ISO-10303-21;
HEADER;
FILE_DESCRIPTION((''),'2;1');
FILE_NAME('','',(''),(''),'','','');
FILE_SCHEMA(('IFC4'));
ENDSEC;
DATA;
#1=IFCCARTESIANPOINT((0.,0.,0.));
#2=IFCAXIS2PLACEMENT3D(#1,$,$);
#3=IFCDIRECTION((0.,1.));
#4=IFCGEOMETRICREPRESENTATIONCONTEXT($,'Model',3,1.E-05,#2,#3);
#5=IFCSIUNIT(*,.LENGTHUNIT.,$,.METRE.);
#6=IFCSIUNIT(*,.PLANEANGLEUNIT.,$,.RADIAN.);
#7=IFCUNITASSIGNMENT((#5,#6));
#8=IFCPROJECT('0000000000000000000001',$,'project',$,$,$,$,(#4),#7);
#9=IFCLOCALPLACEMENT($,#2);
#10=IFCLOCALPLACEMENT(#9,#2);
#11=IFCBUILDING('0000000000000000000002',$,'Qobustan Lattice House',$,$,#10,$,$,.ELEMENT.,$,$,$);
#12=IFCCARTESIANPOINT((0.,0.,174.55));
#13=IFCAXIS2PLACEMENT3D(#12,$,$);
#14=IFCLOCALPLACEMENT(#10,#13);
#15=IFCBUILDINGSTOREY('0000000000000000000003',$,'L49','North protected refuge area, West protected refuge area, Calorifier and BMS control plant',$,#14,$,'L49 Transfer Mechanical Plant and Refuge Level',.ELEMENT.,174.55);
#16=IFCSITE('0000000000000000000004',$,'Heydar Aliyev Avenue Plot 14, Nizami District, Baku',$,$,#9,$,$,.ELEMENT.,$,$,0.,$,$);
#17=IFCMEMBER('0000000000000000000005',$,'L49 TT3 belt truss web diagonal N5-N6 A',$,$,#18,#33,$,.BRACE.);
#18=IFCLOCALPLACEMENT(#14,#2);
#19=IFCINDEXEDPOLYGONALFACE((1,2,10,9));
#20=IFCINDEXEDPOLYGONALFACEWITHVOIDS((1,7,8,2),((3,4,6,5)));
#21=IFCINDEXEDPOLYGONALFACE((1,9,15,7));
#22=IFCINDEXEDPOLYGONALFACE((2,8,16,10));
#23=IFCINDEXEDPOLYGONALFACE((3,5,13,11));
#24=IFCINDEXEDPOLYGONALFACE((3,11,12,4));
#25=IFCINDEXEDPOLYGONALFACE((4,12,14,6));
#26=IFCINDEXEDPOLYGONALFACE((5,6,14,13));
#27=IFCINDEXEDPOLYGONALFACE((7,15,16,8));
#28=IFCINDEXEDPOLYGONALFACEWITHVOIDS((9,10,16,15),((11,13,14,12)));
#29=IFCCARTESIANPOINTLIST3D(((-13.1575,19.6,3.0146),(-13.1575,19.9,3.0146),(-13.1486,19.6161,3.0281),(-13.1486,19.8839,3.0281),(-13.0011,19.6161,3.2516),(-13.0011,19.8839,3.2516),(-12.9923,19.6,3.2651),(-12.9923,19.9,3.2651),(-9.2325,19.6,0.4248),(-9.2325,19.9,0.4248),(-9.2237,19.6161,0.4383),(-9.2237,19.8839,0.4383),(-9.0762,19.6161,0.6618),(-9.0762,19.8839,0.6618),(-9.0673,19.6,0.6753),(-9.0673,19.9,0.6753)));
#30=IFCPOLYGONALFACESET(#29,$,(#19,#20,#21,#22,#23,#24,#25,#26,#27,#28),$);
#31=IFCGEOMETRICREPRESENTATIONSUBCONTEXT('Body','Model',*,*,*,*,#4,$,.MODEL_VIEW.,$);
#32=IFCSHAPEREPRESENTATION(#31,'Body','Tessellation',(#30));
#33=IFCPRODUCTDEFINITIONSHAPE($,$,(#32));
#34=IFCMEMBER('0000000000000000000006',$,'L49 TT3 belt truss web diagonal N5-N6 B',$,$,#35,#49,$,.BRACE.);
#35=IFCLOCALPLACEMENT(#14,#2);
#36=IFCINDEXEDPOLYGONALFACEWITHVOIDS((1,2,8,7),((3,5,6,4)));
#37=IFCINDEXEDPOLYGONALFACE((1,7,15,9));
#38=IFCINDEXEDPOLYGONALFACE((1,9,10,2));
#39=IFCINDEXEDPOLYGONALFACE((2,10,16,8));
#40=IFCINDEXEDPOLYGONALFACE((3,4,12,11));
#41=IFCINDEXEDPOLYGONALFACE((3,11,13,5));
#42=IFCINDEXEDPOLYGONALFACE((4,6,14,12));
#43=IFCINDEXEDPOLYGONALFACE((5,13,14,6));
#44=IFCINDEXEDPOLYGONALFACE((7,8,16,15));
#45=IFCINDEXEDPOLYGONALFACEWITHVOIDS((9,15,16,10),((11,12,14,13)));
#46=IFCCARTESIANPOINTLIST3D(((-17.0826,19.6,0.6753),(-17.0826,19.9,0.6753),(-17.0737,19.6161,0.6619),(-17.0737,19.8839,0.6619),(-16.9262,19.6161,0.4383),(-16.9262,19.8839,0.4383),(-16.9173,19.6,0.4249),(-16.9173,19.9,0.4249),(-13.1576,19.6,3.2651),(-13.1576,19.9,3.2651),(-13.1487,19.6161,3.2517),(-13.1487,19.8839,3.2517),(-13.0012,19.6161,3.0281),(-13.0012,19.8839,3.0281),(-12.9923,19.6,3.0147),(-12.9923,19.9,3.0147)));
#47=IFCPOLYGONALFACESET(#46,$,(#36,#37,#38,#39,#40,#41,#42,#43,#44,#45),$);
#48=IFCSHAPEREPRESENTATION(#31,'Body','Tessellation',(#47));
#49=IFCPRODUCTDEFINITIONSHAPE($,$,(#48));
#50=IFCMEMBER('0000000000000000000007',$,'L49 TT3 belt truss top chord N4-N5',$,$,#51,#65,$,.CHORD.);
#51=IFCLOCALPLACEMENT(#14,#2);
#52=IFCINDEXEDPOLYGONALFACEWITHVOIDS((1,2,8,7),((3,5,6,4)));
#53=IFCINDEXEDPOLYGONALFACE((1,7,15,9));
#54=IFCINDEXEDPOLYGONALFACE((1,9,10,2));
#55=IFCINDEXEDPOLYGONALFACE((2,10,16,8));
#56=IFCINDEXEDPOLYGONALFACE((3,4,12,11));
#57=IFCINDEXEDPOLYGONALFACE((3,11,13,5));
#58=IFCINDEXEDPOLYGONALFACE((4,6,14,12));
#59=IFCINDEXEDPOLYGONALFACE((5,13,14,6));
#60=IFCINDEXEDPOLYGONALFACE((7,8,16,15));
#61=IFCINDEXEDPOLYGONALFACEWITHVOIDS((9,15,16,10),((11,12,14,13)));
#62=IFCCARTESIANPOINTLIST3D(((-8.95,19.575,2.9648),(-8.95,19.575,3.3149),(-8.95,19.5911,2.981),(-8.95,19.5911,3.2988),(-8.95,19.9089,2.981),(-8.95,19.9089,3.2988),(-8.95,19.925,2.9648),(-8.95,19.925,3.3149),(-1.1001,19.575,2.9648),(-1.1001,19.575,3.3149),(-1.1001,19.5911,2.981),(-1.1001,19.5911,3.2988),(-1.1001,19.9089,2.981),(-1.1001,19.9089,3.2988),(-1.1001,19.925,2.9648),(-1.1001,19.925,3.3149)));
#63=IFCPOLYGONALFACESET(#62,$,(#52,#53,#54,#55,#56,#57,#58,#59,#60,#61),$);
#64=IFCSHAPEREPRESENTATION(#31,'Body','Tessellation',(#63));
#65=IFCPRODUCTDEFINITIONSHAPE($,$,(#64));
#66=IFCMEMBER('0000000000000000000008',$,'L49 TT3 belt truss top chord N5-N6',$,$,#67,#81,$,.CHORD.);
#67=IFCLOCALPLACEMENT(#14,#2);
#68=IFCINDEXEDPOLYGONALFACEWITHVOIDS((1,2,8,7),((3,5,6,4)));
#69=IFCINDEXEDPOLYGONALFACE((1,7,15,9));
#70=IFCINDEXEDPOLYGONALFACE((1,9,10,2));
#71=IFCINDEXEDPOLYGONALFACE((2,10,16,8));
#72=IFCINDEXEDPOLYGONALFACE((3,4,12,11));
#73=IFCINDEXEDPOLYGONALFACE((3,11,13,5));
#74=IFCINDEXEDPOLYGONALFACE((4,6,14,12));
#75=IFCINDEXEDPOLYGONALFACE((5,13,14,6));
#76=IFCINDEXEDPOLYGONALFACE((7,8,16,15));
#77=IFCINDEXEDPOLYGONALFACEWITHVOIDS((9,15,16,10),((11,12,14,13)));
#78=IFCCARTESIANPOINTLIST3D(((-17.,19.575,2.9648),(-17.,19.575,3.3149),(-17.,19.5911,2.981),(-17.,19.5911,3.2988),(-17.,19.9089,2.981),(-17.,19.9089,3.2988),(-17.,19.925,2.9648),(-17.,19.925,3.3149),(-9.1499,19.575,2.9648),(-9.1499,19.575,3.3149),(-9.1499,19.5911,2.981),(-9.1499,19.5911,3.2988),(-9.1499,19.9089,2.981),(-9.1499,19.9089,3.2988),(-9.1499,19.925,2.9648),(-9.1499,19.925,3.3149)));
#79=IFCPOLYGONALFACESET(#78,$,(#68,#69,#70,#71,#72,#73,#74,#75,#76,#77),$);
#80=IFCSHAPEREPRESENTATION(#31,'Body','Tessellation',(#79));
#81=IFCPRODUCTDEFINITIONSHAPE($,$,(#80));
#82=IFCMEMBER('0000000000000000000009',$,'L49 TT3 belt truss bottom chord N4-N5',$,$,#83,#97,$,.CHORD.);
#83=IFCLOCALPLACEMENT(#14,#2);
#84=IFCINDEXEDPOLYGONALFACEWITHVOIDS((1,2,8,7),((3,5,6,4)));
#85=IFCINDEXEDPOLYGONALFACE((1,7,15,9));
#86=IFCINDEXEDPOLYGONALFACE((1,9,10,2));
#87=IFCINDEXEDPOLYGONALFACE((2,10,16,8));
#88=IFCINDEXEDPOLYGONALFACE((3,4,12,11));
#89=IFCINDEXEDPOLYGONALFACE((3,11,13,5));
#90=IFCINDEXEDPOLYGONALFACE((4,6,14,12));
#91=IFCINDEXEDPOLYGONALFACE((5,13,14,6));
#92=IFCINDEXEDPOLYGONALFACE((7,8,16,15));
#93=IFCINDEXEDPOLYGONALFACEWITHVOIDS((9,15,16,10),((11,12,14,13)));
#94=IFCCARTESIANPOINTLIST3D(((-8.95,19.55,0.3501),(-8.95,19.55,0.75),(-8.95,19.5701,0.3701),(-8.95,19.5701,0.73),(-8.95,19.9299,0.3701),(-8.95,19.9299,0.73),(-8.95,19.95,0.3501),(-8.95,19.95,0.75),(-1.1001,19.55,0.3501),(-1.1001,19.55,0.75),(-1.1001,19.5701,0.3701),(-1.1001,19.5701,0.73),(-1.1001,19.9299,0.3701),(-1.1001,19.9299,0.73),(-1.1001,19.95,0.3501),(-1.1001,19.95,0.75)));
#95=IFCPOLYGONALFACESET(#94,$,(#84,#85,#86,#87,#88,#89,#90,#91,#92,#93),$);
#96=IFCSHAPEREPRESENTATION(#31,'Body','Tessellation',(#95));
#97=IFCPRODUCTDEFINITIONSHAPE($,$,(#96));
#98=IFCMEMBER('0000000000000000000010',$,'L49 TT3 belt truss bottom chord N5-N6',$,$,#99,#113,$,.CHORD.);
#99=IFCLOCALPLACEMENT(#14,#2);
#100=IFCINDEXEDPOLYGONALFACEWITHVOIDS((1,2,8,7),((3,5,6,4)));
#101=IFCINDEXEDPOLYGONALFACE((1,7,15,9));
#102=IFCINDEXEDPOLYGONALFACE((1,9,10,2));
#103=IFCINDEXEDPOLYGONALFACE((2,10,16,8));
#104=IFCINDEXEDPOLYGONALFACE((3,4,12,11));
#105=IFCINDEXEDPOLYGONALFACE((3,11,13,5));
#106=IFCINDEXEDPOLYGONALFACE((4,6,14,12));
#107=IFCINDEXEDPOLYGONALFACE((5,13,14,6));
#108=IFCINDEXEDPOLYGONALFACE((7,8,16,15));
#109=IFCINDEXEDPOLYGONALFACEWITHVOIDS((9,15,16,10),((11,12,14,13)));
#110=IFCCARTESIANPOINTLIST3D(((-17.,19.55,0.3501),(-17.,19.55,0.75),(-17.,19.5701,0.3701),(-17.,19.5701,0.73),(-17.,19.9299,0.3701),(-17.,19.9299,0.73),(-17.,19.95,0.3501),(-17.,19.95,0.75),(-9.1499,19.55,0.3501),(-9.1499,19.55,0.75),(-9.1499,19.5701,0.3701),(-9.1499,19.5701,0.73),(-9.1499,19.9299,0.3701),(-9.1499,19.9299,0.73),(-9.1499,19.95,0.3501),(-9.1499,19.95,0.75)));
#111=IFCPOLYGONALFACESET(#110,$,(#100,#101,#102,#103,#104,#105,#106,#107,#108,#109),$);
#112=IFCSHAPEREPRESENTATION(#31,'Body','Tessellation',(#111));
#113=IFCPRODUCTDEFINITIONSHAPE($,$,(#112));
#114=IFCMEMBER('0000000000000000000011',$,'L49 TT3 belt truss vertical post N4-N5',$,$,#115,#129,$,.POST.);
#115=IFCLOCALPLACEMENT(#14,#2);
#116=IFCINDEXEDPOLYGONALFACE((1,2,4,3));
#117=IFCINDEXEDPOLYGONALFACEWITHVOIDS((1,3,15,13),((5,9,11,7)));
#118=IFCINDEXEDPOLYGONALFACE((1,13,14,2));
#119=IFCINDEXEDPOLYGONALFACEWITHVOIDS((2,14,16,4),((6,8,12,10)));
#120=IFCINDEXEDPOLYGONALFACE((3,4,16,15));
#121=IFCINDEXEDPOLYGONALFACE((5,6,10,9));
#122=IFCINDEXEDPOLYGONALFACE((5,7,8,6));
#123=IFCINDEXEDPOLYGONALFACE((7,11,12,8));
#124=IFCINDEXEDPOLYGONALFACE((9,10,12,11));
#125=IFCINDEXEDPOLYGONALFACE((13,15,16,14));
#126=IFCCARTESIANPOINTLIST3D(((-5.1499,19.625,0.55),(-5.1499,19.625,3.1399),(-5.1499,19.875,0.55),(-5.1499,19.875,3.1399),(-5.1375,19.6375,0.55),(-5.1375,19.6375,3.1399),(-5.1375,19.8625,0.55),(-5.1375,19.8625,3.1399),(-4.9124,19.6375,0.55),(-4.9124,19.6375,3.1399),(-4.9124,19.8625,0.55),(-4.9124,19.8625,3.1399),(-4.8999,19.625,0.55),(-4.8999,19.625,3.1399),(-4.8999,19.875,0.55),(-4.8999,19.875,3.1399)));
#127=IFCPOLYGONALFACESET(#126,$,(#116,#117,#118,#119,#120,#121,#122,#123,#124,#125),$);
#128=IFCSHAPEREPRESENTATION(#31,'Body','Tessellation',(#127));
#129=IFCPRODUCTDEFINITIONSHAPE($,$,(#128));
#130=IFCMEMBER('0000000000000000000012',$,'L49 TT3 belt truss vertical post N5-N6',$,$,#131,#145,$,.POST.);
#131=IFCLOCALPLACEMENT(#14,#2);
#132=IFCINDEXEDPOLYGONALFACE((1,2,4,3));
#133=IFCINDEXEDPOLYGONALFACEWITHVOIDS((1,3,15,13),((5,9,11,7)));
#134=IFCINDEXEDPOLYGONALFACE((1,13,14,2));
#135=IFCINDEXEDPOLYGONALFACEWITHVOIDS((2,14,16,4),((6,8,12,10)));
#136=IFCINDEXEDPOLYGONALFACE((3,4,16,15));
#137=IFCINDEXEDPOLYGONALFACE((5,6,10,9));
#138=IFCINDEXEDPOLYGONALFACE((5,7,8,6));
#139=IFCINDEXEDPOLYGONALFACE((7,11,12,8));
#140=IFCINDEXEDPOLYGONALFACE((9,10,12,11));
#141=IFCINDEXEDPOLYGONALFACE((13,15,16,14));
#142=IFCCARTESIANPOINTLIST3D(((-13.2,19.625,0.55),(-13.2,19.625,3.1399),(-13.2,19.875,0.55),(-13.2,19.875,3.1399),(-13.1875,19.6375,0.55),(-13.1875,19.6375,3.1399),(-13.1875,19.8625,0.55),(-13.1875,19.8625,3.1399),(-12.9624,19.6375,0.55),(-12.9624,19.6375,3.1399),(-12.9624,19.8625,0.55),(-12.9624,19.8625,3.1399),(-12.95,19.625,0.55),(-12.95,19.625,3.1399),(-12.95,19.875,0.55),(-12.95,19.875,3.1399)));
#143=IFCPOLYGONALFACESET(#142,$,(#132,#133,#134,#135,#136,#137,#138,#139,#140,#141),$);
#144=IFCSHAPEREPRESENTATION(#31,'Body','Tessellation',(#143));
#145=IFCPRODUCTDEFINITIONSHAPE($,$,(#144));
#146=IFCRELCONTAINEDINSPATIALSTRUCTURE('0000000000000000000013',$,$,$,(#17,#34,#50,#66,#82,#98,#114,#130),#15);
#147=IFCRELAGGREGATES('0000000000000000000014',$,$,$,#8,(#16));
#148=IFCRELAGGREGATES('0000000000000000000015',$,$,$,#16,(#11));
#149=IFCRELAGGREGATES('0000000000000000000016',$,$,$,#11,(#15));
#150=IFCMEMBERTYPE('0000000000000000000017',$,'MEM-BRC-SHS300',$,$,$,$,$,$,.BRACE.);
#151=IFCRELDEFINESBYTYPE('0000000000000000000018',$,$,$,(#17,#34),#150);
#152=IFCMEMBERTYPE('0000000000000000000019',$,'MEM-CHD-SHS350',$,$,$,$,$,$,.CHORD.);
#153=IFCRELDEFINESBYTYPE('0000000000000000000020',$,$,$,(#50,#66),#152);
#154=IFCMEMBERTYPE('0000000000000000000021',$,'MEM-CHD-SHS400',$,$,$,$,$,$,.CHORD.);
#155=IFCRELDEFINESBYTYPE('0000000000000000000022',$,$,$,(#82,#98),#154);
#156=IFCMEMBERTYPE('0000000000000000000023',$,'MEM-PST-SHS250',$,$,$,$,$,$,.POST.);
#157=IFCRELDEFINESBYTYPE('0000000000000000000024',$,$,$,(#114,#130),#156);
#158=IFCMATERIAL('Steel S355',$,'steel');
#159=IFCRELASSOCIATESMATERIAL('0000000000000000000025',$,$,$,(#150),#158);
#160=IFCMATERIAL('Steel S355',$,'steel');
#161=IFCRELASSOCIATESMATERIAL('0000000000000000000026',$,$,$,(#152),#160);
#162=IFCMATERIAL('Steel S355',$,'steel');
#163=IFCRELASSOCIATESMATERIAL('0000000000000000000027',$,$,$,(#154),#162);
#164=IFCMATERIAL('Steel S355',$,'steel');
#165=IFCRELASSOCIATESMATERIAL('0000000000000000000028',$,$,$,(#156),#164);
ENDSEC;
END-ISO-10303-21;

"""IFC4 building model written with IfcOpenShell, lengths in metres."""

from ifc_helpers import new_model, si_unit, direction, frame, origin, origin_2d, place, context, subcontext, project, spatial, hollow_rectangle, extrude, material, material_profile, profile_set, type_object, element, save


model = new_model("IFC4")

# Units and contexts
model_context = context("Model", 3, precision=1e-05, world=origin(), true_north=direction((0.0, 1.0)))
body_context = subcontext(model_context, "Body", "Model", "MODEL_VIEW")
ifc_project = project(units=[si_unit("LENGTHUNIT", "METRE"), si_unit("PLANEANGLEUNIT", "RADIAN")], contexts=[model_context])

# Site, building, storey
site_placement = place(None, origin())
site = spatial("IfcSite", under=ifc_project, at=site_placement, Name="Heydar Aliyev Avenue Plot 14, Nizami District, Baku", CompositionType="ELEMENT", RefElevation=0.0)
building_placement = place(site_placement, origin())
building = spatial("IfcBuilding", under=site, at=building_placement, Name="Qobustan Lattice House", CompositionType="ELEMENT")
storey_placement = place(building_placement, frame((0.0, 0.0, 174.55)))
storey = spatial("IfcBuildingStorey", under=building, at=storey_placement, Name="L49", Description="North protected refuge area, West protected refuge area, Calorifier and BMS control plant", LongName="L49 Transfer Mechanical Plant and Refuge Level", CompositionType="ELEMENT", Elevation=174.55)

# Members
ifc_material_1 = material(Name="Steel S355", Category="steel")
ifc_material_profile_1 = material_profile(ifc_material_1, hollow_rectangle(XDim=0.3, YDim=0.3, WallThickness=0.0161, at=origin_2d()), Name="SHS300x300x16")
ifc_profile_set_1 = profile_set([ifc_material_profile_1], Name="Steel S355")
member_type_1 = type_object("IfcMemberType", Name="MEM-BRC-SHS300", PredefinedType="BRACE", material=ifc_profile_set_1)
for number, where, z_axis, x_axis, name in (
    (1, (-9.1499, 19.75, 0.55), (-0.834677, 0.0, 0.55074), (0.0, -1.0, 0.0), "L49 TT3 belt truss web diagonal N5-N6 A"),
    (2, (-13.075, 19.75, 3.1399), (-0.834677, 0.0, -0.55074), (0.0, -1.0, 0.0), "L49 TT3 belt truss web diagonal N5-N6 B"),
):
    element("IfcMember", number, at=place(storey_placement, frame(where, z_axis=z_axis, x_axis=x_axis)), inside=storey, type_object=member_type_1, Name=name, PredefinedType="BRACE", context=body_context, shape_type="SweptSolid", body=[
        extrude(hollow_rectangle(XDim=0.3, YDim=0.3, WallThickness=0.0161, at=origin_2d()), origin(), (0.0, 0.0, 1.0), 4.7024),
    ])
ifc_material_2 = material(Name="Steel S355", Category="steel")
ifc_material_profile_2 = material_profile(ifc_material_2, hollow_rectangle(XDim=0.3501, YDim=0.3501, WallThickness=0.0161, at=origin_2d()), Name="SHS350x350x16")
ifc_profile_set_2 = profile_set([ifc_material_profile_2], Name="Steel S355")
member_type_2 = type_object("IfcMemberType", Name="MEM-CHD-SHS350", PredefinedType="CHORD", material=ifc_profile_set_2)
member_1_placement = place(storey_placement, frame((-1.1001, 19.75, 3.1399), z_axis=(-1.0, 0.0, 0.0), x_axis=(0.0, -1.0, 0.0)))
element("IfcMember", 3, at=member_1_placement, inside=storey, type_object=member_type_2, Name="L49 TT3 belt truss top chord N4-N5", PredefinedType="CHORD", context=body_context, shape_type="SweptSolid", body=[
    extrude(hollow_rectangle(XDim=0.3501, YDim=0.3501, WallThickness=0.0161, at=origin_2d()), origin(), (0.0, 0.0, 1.0), 7.8499),
])
member_2_placement = place(storey_placement, frame((-9.1499, 19.75, 3.1399), z_axis=(-1.0, 0.0, 0.0), x_axis=(0.0, -1.0, 0.0)))
element("IfcMember", 4, at=member_2_placement, inside=storey, type_object=member_type_2, Name="L49 TT3 belt truss top chord N5-N6", PredefinedType="CHORD", context=body_context, shape_type="SweptSolid", body=[
    extrude(hollow_rectangle(XDim=0.3501, YDim=0.3501, WallThickness=0.0161, at=origin_2d()), origin(), (0.0, 0.0, 1.0), 7.8501),
])
ifc_material_3 = material(Name="Steel S355", Category="steel")
ifc_material_profile_3 = material_profile(ifc_material_3, hollow_rectangle(XDim=0.3999, YDim=0.3999, WallThickness=0.02, at=origin_2d()), Name="SHS400x400x20")
ifc_profile_set_3 = profile_set([ifc_material_profile_3], Name="Steel S355")
member_type_3 = type_object("IfcMemberType", Name="MEM-CHD-SHS400", PredefinedType="CHORD", material=ifc_profile_set_3)
member_3_placement = place(storey_placement, frame((-1.1001, 19.75, 0.55), z_axis=(-1.0, 0.0, 0.0), x_axis=(0.0, -1.0, 0.0)))
element("IfcMember", 5, at=member_3_placement, inside=storey, type_object=member_type_3, Name="L49 TT3 belt truss bottom chord N4-N5", PredefinedType="CHORD", context=body_context, shape_type="SweptSolid", body=[
    extrude(hollow_rectangle(XDim=0.3999, YDim=0.3999, WallThickness=0.02, at=origin_2d()), origin(), (0.0, 0.0, 1.0), 7.8499),
])
member_4_placement = place(storey_placement, frame((-9.1499, 19.75, 0.55), z_axis=(-1.0, 0.0, 0.0), x_axis=(0.0, -1.0, 0.0)))
element("IfcMember", 6, at=member_4_placement, inside=storey, type_object=member_type_3, Name="L49 TT3 belt truss bottom chord N5-N6", PredefinedType="CHORD", context=body_context, shape_type="SweptSolid", body=[
    extrude(hollow_rectangle(XDim=0.3999, YDim=0.3999, WallThickness=0.02, at=origin_2d()), origin(), (0.0, 0.0, 1.0), 7.8501),
])
ifc_material_4 = material(Name="Steel S355", Category="steel")
ifc_material_profile_4 = material_profile(ifc_material_4, hollow_rectangle(XDim=0.25, YDim=0.25, WallThickness=0.0125, at=origin_2d()), Name="SHS250x250x12.5")
ifc_profile_set_4 = profile_set([ifc_material_profile_4], Name="Steel S355")
member_type_4 = type_object("IfcMemberType", Name="MEM-PST-SHS250", PredefinedType="POST", material=ifc_profile_set_4)
for number, where, z_axis, x_axis, name in (
    (7, (-5.0249, 19.75, 0.55), (0.0, 0.0, 1.0), (1.0, 0.0, 0.0), "L49 TT3 belt truss vertical post N4-N5"),
    (8, (-13.075, 19.75, 0.55), (0.0, 0.0, 1.0), (1.0, 0.0, 0.0), "L49 TT3 belt truss vertical post N5-N6"),
):
    element("IfcMember", number, at=place(storey_placement, frame(where, z_axis=z_axis, x_axis=x_axis)), inside=storey, type_object=member_type_4, Name=name, PredefinedType="POST", context=body_context, shape_type="SweptSolid", body=[
        extrude(hollow_rectangle(XDim=0.25, YDim=0.25, WallThickness=0.0125, at=origin_2d()), origin(), (0.0, 0.0, 1.0), 2.5898),
    ])

save(model, "model.ifc")
